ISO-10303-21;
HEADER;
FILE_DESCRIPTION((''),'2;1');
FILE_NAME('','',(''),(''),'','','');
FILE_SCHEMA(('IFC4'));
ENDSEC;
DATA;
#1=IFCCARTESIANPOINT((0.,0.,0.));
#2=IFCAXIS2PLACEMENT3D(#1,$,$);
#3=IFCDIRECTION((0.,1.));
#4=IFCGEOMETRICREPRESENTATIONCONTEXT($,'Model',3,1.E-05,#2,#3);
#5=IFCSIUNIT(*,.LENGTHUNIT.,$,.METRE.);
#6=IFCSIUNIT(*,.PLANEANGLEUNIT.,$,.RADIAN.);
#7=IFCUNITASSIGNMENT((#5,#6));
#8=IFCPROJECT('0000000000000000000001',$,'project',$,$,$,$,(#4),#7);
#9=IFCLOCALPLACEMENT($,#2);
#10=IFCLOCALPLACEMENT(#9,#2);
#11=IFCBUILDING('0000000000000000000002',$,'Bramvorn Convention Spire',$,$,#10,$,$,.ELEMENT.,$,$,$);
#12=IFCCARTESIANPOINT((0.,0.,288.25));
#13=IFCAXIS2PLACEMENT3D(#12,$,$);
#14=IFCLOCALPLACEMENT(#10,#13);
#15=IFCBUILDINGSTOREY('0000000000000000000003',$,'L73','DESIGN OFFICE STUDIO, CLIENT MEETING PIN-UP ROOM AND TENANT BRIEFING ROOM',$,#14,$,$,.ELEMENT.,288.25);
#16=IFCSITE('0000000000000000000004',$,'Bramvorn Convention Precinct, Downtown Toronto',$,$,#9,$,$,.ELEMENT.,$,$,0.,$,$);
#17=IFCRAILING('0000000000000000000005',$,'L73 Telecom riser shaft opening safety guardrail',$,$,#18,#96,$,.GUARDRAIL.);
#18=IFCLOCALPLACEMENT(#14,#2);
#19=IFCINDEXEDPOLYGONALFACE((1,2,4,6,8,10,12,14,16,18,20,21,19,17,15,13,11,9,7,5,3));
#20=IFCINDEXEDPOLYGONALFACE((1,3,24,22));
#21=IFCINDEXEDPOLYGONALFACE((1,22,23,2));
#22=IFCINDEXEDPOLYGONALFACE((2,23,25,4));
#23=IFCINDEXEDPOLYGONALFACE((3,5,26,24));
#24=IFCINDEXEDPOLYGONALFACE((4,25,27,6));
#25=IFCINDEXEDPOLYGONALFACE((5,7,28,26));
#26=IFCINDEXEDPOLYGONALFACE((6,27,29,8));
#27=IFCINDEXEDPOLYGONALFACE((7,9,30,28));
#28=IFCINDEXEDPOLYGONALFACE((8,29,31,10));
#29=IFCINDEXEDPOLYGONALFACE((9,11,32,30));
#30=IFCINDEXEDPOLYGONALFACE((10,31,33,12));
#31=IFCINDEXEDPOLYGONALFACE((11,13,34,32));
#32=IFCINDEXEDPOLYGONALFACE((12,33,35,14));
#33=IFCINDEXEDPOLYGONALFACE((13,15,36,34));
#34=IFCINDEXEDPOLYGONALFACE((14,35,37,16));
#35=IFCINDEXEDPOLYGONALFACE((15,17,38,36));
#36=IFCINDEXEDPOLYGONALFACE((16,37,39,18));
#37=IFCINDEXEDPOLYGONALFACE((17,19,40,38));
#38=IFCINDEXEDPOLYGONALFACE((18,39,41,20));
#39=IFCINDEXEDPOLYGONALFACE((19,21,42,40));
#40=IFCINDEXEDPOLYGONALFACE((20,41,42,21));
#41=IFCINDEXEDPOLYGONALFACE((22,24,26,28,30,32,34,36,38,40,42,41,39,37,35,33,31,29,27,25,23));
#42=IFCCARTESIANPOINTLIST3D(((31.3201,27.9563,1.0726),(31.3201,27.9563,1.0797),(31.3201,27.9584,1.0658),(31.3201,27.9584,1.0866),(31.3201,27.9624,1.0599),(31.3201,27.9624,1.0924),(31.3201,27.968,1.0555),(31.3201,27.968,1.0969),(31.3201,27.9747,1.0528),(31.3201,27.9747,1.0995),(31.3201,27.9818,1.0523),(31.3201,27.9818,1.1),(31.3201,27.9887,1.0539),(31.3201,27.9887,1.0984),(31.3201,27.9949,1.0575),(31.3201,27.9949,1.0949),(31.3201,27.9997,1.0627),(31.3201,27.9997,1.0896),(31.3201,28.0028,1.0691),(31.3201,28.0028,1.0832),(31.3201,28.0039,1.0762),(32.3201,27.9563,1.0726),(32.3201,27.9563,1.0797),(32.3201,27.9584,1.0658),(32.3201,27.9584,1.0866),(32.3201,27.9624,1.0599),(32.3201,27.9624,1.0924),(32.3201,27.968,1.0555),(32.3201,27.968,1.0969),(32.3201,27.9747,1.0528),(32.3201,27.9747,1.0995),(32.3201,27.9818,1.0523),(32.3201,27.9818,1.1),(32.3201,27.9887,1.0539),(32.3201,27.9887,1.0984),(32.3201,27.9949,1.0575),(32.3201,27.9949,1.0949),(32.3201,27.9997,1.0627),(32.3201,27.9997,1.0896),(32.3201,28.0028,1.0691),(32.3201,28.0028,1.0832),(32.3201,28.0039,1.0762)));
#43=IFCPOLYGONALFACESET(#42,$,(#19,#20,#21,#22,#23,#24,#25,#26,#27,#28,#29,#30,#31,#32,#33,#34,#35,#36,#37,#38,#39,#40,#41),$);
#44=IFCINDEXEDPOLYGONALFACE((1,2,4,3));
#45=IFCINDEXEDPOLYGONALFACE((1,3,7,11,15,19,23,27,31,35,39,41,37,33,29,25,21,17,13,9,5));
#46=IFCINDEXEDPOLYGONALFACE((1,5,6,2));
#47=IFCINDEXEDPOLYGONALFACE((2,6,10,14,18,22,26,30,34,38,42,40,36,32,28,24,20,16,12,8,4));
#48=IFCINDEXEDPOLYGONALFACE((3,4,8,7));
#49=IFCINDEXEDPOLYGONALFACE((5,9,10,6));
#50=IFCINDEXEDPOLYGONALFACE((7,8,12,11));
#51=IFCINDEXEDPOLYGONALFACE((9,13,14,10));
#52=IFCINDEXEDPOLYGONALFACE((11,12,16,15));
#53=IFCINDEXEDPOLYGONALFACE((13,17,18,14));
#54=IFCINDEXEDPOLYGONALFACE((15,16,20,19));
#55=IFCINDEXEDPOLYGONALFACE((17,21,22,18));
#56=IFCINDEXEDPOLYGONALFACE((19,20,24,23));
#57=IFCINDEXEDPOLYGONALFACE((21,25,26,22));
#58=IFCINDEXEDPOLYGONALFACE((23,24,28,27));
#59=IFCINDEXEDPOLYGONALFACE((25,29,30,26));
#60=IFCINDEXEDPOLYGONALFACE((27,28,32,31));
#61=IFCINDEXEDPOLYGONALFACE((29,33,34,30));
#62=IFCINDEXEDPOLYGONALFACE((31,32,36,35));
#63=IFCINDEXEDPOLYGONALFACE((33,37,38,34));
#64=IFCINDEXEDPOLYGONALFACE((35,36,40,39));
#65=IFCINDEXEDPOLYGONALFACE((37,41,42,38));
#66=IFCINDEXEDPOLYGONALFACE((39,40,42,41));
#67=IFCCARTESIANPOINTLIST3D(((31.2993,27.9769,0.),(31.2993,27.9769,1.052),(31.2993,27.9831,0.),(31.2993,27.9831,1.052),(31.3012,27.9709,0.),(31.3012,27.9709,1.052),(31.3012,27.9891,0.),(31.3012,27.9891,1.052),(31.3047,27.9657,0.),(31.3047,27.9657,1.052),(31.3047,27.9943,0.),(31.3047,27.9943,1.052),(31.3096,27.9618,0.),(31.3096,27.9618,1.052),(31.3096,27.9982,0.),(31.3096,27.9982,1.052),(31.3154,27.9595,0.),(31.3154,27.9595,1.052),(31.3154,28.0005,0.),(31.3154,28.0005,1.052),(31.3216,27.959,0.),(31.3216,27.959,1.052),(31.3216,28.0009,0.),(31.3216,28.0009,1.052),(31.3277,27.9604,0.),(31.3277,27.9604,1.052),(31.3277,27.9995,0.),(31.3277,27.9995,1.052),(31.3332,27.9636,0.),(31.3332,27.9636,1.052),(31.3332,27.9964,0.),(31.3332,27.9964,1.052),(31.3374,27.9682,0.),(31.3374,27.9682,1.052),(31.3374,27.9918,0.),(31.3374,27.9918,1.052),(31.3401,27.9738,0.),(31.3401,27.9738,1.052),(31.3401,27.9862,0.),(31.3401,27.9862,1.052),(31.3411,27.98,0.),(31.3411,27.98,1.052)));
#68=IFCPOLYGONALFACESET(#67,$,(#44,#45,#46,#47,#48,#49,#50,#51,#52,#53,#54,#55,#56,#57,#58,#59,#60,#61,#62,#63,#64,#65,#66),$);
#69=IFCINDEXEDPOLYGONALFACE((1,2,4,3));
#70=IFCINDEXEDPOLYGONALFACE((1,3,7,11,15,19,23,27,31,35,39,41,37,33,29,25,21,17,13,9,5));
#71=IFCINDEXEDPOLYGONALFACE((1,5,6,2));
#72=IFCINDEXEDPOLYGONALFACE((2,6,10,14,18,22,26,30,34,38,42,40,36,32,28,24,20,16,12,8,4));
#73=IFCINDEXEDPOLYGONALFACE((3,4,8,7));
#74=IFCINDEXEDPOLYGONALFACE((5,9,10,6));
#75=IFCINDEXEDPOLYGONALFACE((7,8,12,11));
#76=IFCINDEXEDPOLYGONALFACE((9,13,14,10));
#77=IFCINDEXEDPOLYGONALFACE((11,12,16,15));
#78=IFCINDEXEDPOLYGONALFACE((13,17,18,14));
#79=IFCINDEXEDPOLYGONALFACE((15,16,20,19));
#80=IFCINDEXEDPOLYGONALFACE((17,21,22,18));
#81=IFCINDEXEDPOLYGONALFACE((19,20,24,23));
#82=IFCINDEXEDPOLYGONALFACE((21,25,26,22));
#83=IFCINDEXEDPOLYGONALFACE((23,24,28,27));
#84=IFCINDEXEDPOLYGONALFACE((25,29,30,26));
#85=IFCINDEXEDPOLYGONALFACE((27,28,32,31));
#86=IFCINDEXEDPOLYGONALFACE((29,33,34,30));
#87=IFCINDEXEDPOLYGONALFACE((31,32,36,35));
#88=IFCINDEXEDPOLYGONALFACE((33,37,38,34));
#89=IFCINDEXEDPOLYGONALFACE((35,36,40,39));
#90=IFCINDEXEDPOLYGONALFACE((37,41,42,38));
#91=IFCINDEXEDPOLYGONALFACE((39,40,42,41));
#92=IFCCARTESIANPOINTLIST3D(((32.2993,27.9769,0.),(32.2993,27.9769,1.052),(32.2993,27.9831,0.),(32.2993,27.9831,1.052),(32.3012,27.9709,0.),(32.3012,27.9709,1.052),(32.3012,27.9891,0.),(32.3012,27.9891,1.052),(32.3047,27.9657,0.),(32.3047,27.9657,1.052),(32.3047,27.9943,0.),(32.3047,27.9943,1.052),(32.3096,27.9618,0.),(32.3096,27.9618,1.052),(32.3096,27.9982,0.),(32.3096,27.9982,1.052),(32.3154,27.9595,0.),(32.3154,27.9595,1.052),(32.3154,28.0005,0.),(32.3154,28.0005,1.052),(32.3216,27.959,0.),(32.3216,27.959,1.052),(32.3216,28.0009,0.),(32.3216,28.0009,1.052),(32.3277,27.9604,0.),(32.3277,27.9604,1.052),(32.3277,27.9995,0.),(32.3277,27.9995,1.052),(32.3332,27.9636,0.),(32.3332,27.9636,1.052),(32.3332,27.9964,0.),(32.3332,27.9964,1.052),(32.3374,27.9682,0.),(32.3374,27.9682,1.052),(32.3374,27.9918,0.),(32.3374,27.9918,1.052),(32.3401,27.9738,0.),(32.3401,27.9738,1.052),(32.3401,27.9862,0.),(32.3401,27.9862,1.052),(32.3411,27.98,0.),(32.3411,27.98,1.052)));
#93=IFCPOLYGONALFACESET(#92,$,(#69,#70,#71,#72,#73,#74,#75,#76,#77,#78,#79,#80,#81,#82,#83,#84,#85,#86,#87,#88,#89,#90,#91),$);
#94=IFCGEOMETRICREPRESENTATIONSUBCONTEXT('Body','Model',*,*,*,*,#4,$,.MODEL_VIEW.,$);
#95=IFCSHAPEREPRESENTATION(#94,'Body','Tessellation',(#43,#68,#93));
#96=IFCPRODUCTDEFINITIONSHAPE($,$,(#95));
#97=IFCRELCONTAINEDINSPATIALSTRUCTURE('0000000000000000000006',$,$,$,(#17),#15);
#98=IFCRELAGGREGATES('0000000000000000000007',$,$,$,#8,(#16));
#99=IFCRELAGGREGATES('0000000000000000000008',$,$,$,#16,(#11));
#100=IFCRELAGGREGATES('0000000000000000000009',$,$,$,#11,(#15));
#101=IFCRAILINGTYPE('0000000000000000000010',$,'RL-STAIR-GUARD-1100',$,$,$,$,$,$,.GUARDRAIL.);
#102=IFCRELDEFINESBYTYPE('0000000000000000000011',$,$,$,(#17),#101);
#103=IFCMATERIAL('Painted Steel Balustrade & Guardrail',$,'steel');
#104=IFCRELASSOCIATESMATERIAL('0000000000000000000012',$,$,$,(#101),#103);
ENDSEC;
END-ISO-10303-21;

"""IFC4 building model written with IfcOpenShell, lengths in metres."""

from ifc_helpers import new_model, si_unit, direction, frame, origin, origin_2d, place, context, subcontext, project, spatial, circle, extrude, material, type_object, element, save


model = new_model("IFC4")

# Units and contexts
model_context = context("Model", 3, precision=1e-05, world=origin(), true_north=direction((0.0, 1.0)))
body_context = subcontext(model_context, "Body", "Model", "MODEL_VIEW")
ifc_project = project(units=[si_unit("LENGTHUNIT", "METRE"), si_unit("PLANEANGLEUNIT", "RADIAN")], contexts=[model_context])

# Site, building, storey
site_placement = place(None, origin())
site = spatial("IfcSite", under=ifc_project, at=site_placement, Name="Bramvorn Convention Precinct, Downtown Toronto", CompositionType="ELEMENT", RefElevation=0.0)
building_placement = place(site_placement, origin())
building = spatial("IfcBuilding", under=site, at=building_placement, Name="Bramvorn Convention Spire", CompositionType="ELEMENT")
storey_placement = place(building_placement, frame((0.0, 0.0, 288.25)))
storey = spatial("IfcBuildingStorey", under=building, at=storey_placement, Name="L73", Description="DESIGN OFFICE STUDIO, CLIENT MEETING PIN-UP ROOM AND TENANT BRIEFING ROOM", CompositionType="ELEMENT", Elevation=288.25)

# Railing
ifc_material_1 = material(Name="Painted Steel Balustrade & Guardrail", Category="steel")
railing_type = type_object("IfcRailingType", Name="RL-STAIR-GUARD-1100", PredefinedType="GUARDRAIL", material=ifc_material_1)
railing_1_placement = place(storey_placement, frame((31.3201, 27.98, 0.0)))
element("IfcRailing", 1, at=railing_1_placement, inside=storey, type_object=railing_type, Name="L73 Telecom riser shaft opening safety guardrail", PredefinedType="GUARDRAIL", context=body_context, shape_type="SweptSolid", body=[
    extrude(circle(Radius=0.0239, at=origin_2d()), frame((0.0, 0.0, 1.0762), z_axis=(1.0, 0.0, 0.0), x_axis=(0.0, 1.0, 0.0)), (0.0, 0.0, 1.0), 1.0),
    extrude(circle(Radius=0.021, at=origin_2d()), origin(), (0.0, 0.0, 1.0), 1.052),
    extrude(circle(Radius=0.021, at=origin_2d()), frame((1.0, 0.0, 0.0)), (0.0, 0.0, 1.0), 1.052),
])

save(model, "model.ifc")
